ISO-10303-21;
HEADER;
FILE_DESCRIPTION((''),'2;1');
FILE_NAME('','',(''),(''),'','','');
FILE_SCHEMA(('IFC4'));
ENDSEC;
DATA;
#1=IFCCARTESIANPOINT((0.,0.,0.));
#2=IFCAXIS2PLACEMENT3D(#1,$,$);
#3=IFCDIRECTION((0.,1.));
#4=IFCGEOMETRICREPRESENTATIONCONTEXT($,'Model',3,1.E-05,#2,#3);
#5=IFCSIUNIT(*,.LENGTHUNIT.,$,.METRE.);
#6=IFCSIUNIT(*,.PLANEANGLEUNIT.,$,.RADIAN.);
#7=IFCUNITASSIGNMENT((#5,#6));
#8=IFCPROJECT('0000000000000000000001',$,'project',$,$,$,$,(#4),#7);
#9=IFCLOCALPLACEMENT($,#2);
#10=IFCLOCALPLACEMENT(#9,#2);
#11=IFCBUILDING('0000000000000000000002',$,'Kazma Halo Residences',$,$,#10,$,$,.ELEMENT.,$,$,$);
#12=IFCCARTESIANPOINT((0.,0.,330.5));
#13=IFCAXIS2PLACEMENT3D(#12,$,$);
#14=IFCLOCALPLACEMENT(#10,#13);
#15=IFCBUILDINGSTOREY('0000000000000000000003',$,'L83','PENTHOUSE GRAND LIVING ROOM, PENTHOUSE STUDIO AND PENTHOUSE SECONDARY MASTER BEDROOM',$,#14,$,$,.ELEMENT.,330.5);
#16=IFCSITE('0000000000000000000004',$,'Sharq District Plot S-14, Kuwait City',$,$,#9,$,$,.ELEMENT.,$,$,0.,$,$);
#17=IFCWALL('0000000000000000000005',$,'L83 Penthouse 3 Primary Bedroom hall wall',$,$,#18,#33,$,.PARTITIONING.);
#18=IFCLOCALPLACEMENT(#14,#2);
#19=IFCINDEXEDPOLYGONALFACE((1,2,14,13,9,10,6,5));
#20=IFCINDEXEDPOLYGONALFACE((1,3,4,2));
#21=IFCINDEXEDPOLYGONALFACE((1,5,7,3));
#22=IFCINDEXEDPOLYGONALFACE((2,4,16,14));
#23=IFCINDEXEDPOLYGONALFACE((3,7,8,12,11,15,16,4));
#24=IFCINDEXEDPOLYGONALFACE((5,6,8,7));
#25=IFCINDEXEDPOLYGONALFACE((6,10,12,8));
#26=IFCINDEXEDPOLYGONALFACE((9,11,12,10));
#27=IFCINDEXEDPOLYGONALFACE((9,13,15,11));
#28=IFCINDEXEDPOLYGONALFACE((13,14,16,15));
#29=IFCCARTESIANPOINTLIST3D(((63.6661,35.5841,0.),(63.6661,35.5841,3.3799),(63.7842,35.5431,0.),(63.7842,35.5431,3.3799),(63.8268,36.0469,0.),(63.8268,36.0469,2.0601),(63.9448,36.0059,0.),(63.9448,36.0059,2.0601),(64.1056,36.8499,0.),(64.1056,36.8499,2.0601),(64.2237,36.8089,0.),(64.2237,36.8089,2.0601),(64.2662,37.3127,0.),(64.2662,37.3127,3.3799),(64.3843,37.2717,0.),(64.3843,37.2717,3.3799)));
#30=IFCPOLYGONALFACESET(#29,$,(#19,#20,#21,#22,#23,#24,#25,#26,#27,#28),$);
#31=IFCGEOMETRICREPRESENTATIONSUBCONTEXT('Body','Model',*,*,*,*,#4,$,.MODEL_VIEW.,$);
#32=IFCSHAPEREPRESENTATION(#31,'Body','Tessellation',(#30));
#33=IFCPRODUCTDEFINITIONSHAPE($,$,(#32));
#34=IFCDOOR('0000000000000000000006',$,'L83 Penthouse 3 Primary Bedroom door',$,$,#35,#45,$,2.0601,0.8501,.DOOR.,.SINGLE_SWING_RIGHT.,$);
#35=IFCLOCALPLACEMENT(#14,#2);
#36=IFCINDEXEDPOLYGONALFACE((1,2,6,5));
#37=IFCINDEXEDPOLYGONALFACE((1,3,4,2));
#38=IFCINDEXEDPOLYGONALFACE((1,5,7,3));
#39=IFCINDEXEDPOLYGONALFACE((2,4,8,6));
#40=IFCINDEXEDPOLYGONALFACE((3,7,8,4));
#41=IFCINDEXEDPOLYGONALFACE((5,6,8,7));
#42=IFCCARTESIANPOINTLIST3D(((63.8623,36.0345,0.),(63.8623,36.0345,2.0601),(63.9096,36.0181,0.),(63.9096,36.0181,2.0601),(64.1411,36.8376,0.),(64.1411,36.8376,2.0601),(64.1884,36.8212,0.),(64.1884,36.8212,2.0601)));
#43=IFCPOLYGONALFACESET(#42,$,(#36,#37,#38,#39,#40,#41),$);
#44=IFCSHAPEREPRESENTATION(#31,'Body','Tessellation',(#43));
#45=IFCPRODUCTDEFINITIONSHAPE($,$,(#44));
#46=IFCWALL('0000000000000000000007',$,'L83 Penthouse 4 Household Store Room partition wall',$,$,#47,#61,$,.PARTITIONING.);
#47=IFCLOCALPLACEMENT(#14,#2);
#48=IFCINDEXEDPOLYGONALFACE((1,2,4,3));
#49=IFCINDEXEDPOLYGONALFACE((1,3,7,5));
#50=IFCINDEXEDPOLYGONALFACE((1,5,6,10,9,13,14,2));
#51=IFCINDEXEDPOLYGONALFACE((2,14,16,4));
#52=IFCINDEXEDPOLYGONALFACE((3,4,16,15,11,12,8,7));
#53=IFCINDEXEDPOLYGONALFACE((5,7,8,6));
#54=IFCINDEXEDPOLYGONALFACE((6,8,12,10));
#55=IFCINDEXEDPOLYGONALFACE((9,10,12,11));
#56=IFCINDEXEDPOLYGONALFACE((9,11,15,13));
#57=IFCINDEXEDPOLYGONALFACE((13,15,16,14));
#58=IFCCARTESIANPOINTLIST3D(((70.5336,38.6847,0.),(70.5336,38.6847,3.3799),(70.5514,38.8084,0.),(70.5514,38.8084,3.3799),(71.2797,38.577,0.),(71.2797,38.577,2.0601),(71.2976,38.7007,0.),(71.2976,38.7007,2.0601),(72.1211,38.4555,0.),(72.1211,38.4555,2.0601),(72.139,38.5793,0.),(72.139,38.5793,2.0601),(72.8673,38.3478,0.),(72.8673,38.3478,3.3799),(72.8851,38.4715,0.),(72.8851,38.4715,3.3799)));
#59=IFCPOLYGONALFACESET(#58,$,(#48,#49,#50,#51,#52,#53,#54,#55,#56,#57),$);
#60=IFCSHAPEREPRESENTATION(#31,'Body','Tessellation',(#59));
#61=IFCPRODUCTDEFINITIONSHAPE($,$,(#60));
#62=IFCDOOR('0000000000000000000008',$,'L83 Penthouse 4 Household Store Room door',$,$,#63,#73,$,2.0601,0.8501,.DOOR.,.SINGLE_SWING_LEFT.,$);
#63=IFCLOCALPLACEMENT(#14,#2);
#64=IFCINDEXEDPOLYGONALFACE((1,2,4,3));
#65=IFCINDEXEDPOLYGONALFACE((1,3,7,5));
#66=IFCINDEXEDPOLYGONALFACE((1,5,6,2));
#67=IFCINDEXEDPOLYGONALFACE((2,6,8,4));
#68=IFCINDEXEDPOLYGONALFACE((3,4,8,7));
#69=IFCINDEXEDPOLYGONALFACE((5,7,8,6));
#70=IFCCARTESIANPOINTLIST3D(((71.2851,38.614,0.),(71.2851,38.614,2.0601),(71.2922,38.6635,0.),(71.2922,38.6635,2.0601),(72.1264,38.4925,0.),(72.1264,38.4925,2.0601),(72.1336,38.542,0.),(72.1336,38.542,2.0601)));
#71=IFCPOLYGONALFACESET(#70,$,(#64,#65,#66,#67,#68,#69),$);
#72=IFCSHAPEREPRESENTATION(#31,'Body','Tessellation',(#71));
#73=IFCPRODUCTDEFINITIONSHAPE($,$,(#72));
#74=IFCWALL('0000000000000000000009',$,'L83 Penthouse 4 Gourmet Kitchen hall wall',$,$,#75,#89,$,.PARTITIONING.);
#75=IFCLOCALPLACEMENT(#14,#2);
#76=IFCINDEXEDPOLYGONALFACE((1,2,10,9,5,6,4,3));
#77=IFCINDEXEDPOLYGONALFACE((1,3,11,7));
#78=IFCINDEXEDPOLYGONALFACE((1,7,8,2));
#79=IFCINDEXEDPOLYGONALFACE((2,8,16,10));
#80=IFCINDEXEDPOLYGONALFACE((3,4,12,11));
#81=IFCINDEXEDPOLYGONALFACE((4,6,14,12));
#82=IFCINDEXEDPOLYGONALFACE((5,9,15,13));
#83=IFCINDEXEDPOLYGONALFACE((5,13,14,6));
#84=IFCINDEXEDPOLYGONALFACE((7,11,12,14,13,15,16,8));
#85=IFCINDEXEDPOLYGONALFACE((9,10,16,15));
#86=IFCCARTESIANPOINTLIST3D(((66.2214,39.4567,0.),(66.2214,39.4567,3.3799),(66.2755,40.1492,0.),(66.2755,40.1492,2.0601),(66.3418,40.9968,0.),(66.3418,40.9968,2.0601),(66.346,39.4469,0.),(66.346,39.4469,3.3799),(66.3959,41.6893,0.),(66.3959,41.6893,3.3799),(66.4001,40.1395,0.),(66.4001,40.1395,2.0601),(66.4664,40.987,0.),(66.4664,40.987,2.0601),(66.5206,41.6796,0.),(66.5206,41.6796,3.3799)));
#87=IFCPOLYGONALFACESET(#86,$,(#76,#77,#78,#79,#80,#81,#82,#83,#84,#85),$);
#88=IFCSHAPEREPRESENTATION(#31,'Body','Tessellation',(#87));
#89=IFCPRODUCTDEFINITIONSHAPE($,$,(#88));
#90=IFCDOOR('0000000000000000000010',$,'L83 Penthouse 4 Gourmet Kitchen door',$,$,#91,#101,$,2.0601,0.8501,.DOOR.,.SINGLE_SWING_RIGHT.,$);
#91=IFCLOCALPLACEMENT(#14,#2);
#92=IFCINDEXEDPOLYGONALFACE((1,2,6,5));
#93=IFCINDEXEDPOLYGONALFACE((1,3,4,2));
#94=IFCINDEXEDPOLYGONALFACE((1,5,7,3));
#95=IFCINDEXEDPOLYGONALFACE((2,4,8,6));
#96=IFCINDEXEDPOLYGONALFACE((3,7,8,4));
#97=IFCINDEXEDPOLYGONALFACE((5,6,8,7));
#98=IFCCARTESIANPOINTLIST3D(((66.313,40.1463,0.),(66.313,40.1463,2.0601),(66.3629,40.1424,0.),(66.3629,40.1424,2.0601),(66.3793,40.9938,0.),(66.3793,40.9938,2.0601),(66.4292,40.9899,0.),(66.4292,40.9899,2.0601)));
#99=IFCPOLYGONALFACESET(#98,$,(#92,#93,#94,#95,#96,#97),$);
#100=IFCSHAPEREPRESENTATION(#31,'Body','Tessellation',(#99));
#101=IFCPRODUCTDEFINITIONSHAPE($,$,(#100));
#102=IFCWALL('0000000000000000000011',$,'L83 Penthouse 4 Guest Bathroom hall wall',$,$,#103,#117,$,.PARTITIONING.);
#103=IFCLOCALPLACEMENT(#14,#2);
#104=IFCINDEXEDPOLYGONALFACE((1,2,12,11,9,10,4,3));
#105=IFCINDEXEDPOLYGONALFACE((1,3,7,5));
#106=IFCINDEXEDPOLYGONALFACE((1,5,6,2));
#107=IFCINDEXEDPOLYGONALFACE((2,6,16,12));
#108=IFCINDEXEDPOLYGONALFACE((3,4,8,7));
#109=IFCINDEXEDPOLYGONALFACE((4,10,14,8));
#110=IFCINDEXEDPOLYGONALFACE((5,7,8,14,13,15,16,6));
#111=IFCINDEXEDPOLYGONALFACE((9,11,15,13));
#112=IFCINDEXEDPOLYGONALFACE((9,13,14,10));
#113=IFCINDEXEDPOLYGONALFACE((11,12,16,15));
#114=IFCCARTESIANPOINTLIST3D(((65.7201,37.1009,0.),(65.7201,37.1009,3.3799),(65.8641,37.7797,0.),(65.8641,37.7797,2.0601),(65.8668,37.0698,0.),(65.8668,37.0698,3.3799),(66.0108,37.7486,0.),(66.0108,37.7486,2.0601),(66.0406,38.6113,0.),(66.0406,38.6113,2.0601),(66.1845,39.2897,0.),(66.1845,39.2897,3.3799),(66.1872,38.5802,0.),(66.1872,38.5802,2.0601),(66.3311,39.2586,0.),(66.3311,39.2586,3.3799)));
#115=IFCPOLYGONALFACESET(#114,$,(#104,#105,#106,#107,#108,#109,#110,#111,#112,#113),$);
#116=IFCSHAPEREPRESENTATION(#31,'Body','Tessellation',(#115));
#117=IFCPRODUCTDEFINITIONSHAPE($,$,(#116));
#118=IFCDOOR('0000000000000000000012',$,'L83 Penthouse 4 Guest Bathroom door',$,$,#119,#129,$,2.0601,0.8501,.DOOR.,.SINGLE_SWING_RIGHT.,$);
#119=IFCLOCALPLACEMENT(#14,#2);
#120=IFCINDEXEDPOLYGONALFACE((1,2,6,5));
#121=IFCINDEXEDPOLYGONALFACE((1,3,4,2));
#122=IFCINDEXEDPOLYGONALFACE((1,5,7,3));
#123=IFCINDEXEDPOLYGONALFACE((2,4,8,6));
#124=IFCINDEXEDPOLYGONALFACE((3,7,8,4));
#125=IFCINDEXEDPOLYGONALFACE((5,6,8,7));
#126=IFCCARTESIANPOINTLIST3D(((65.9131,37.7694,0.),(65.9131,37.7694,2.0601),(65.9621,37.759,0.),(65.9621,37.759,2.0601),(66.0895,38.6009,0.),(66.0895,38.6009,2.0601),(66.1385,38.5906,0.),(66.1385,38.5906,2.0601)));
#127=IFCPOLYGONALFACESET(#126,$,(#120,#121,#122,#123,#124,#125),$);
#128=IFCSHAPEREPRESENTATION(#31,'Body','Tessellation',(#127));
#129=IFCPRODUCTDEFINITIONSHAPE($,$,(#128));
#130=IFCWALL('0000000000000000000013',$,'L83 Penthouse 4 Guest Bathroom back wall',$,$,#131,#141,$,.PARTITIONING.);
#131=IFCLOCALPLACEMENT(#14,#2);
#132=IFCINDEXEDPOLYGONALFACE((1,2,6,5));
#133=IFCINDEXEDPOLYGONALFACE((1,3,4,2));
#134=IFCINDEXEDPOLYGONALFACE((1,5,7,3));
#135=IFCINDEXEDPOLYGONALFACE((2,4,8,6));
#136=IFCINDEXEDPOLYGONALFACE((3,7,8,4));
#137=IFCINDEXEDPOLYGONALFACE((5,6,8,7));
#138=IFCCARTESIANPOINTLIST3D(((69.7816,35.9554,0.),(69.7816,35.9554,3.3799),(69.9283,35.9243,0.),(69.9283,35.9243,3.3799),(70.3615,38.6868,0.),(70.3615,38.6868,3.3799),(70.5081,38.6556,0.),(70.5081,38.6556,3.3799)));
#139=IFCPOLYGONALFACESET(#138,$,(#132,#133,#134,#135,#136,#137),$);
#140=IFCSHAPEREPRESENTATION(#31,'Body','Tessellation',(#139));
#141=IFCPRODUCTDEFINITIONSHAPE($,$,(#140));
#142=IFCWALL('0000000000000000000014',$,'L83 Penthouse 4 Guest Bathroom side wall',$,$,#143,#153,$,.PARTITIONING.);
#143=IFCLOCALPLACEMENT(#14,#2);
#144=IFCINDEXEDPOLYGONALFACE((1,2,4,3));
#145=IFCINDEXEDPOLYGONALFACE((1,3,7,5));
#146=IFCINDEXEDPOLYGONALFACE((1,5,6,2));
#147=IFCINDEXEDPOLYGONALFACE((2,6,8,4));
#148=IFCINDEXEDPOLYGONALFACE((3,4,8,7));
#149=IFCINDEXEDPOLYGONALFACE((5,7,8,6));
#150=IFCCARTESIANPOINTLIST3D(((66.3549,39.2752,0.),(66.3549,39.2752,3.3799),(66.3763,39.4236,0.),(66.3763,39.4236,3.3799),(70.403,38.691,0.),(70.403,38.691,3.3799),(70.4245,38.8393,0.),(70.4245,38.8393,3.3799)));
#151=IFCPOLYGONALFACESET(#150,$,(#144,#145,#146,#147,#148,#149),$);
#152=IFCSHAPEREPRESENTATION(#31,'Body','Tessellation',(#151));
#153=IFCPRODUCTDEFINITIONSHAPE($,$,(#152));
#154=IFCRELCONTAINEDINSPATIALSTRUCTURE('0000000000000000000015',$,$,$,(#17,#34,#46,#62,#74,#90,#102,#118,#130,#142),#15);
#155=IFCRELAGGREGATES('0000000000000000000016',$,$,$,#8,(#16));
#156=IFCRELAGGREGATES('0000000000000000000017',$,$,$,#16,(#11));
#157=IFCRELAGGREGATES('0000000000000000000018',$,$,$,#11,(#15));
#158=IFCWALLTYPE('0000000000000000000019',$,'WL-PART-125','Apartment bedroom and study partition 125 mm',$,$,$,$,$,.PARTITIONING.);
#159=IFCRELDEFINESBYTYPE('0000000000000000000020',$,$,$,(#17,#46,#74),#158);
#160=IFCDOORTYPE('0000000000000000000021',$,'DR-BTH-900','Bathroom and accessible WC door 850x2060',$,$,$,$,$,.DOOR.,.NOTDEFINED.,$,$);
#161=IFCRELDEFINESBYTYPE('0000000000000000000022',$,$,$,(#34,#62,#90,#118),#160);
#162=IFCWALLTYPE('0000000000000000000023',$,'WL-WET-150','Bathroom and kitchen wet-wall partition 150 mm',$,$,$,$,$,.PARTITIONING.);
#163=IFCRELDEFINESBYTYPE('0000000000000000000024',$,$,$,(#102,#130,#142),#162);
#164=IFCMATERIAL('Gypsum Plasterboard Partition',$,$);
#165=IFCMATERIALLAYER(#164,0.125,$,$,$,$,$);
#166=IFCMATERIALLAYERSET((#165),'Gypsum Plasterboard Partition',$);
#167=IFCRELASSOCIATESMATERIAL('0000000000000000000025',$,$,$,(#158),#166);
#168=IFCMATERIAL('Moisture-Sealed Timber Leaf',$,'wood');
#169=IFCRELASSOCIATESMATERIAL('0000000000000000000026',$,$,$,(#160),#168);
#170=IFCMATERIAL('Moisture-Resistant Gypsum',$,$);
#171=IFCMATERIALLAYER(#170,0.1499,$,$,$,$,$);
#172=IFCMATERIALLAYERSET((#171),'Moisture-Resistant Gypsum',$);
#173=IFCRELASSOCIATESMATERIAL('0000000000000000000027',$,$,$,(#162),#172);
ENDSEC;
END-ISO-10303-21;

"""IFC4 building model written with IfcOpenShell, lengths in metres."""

from ifc_helpers import new_model, si_unit, direction, frame, frame_2d, origin, place, context, subcontext, project, spatial, rectangle, extrude, material, layer, layer_set, type_object, element, fill, save


model = new_model("IFC4")

# Units and contexts
model_context = context("Model", 3, precision=1e-05, world=origin(), true_north=direction((0.0, 1.0)))
body_context = subcontext(model_context, "Body", "Model", "MODEL_VIEW")
ifc_project = project(units=[si_unit("LENGTHUNIT", "METRE"), si_unit("PLANEANGLEUNIT", "RADIAN")], contexts=[model_context])

# Site, building, storey
site_placement = place(None, origin())
site = spatial("IfcSite", under=ifc_project, at=site_placement, Name="Sharq District Plot S-14, Kuwait City", CompositionType="ELEMENT", RefElevation=0.0)
building_placement = place(site_placement, origin())
building = spatial("IfcBuilding", under=site, at=building_placement, Name="Kazma Halo Residences", CompositionType="ELEMENT")
storey_placement = place(building_placement, frame((0.0, 0.0, 330.5)))
storey = spatial("IfcBuildingStorey", under=building, at=storey_placement, Name="L83", Description="PENTHOUSE GRAND LIVING ROOM, PENTHOUSE STUDIO AND PENTHOUSE SECONDARY MASTER BEDROOM", CompositionType="ELEMENT", Elevation=330.5)

# Shared definitions
ifc_material_1 = material(Name="Gypsum Plasterboard Partition")
ifc_layer_1 = layer(ifc_material_1, 0.125)
ifc_layer_set_1 = layer_set([ifc_layer_1], Name="Gypsum Plasterboard Partition")
wall_type_1 = type_object("IfcWallType", Name="WL-PART-125", Description="Apartment bedroom and study partition 125 mm", PredefinedType="PARTITIONING", material=ifc_layer_set_1)

# Walls, openings, doors
wall_1_placement = place(storey_placement, frame((63.7251, 35.5635, 0.0), z_axis=(0.0, 0.0, 1.0), x_axis=(0.327972, 0.944687, 0.0)))
wall_1 = element("IfcWall", 1, at=wall_1_placement, inside=storey, type_object=wall_type_1, Name="L83 Penthouse 3 Primary Bedroom hall wall", PredefinedType="PARTITIONING", context=body_context, shape_type="SweptSolid", body=[
    extrude(rectangle(XDim=1.8298, YDim=0.125, at=frame_2d((0.915, 0.0))), origin(), (0.0, 0.0, 1.0), 3.3799),
])
opening_1_placement = place(wall_1_placement, frame((0.49, 0.0, 0.0)))
opening_1 = element("IfcOpeningElement", 2, at=opening_1_placement, cuts=wall_1, PredefinedType="OPENING", context=body_context, shape_type="SweptSolid", body=[
    extrude(rectangle(XDim=0.8501, YDim=2.0601, at=frame_2d((0.425, 1.03))), frame((0.0, 0.0725, 0.0), z_axis=(0.0, -1.0, 0.0), x_axis=(1.0, 0.0, 0.0)), (0.0, 0.0, 1.0), 0.145),
])
ifc_material_2 = material(Name="Moisture-Sealed Timber Leaf", Category="wood")
door_type = type_object("IfcDoorType", Name="DR-BTH-900", Description="Bathroom and accessible WC door 850x2060", OperationType="NOTDEFINED", PredefinedType="DOOR", material=ifc_material_2)
door_1_placement = place(opening_1_placement, origin())
door_1 = element("IfcDoor", 3, at=door_1_placement, inside=storey, type_object=door_type, Name="L83 Penthouse 3 Primary Bedroom door", OperationType="SINGLE_SWING_RIGHT", OverallHeight=2.0601, OverallWidth=0.8501, PredefinedType="DOOR", context=body_context, shape_type="SweptSolid", body=[
    extrude(rectangle(XDim=0.8501, YDim=2.0601, at=frame_2d((0.425, 1.03))), frame((0.0, 0.0249, 0.0), z_axis=(0.0, -1.0, 0.0), x_axis=(1.0, 0.0, 0.0)), (0.0, 0.0, 1.0), 0.05),
])
fill(opening_1, door_1)
wall_2_placement = place(storey_placement, frame((70.5425, 38.7466, 0.0), z_axis=(0.0, 0.0, 1.0), x_axis=(0.989739, -0.142885, 0.0)))
wall_2 = element("IfcWall", 4, at=wall_2_placement, inside=storey, type_object=wall_type_1, Name="L83 Penthouse 4 Household Store Room partition wall", PredefinedType="PARTITIONING", context=body_context, shape_type="SweptSolid", body=[
    extrude(rectangle(XDim=2.3579, YDim=0.125, at=frame_2d((1.179, 0.0))), origin(), (0.0, 0.0, 1.0), 3.3799),
])
opening_2_placement = place(wall_2_placement, frame((0.7539, 0.0, 0.0)))
opening_2 = element("IfcOpeningElement", 5, at=opening_2_placement, cuts=wall_2, PredefinedType="OPENING", context=body_context, shape_type="SweptSolid", body=[
    extrude(rectangle(XDim=0.8501, YDim=2.0601, at=frame_2d((0.425, 1.03))), frame((0.0, 0.0725, 0.0), z_axis=(0.0, -1.0, 0.0), x_axis=(1.0, 0.0, 0.0)), (0.0, 0.0, 1.0), 0.145),
])
door_2_placement = place(opening_2_placement, origin())
door_2 = element("IfcDoor", 6, at=door_2_placement, inside=storey, type_object=door_type, Name="L83 Penthouse 4 Household Store Room door", OperationType="SINGLE_SWING_LEFT", OverallHeight=2.0601, OverallWidth=0.8501, PredefinedType="DOOR", context=body_context, shape_type="SweptSolid", body=[
    extrude(rectangle(XDim=0.8501, YDim=2.0601, at=frame_2d((0.425, 1.03))), frame((0.0, 0.0249, 0.0), z_axis=(0.0, -1.0, 0.0), x_axis=(1.0, 0.0, 0.0)), (0.0, 0.0, 1.0), 0.05),
])
fill(opening_2, door_2)
wall_3_placement = place(storey_placement, frame((66.2837, 39.4519, 0.0), z_axis=(0.0, 0.0, 1.0), x_axis=(0.077947, 0.996958, 0.0)))
wall_3 = element("IfcWall", 7, at=wall_3_placement, inside=storey, type_object=wall_type_1, Name="L83 Penthouse 4 Gourmet Kitchen hall wall", PredefinedType="PARTITIONING", context=body_context, shape_type="SweptSolid", body=[
    extrude(rectangle(XDim=2.2395, YDim=0.125, at=frame_2d((1.1196, 0.0))), origin(), (0.0, 0.0, 1.0), 3.3799),
])
opening_3_placement = place(wall_3_placement, frame((0.6946, 0.0, 0.0)))
opening_3 = element("IfcOpeningElement", 8, at=opening_3_placement, cuts=wall_3, PredefinedType="OPENING", context=body_context, shape_type="SweptSolid", body=[
    extrude(rectangle(XDim=0.8501, YDim=2.0601, at=frame_2d((0.425, 1.03))), frame((0.0, 0.0725, 0.0), z_axis=(0.0, -1.0, 0.0), x_axis=(1.0, 0.0, 0.0)), (0.0, 0.0, 1.0), 0.145),
])
door_3_placement = place(opening_3_placement, origin())
door_3 = element("IfcDoor", 9, at=door_3_placement, inside=storey, type_object=door_type, Name="L83 Penthouse 4 Gourmet Kitchen door", OperationType="SINGLE_SWING_RIGHT", OverallHeight=2.0601, OverallWidth=0.8501, PredefinedType="DOOR", context=body_context, shape_type="SweptSolid", body=[
    extrude(rectangle(XDim=0.8501, YDim=2.0601, at=frame_2d((0.425, 1.03))), frame((0.0, 0.0249, 0.0), z_axis=(0.0, -1.0, 0.0), x_axis=(1.0, 0.0, 0.0)), (0.0, 0.0, 1.0), 0.05),
])
fill(opening_3, door_3)
ifc_material_3 = material(Name="Moisture-Resistant Gypsum")
ifc_layer_2 = layer(ifc_material_3, 0.1499)
ifc_layer_set_2 = layer_set([ifc_layer_2], Name="Moisture-Resistant Gypsum")
wall_type_2 = type_object("IfcWallType", Name="WL-WET-150", Description="Bathroom and kitchen wet-wall partition 150 mm", PredefinedType="PARTITIONING", material=ifc_layer_set_2)
wall_4_placement = place(storey_placement, frame((65.7935, 37.0854, 0.0), z_axis=(0.0, 0.0, 1.0), x_axis=(0.207539, 0.978227, 0.0)))
wall_4 = element("IfcWall", 10, at=wall_4_placement, inside=storey, type_object=wall_type_2, Name="L83 Penthouse 4 Guest Bathroom hall wall", PredefinedType="PARTITIONING", context=body_context, shape_type="SweptSolid", body=[
    extrude(rectangle(XDim=2.2375, YDim=0.1499, at=frame_2d((1.1187, 0.0))), origin(), (0.0, 0.0, 1.0), 3.3799),
])
opening_4_placement = place(wall_4_placement, frame((0.6938, 0.0, 0.0)))
opening_4 = element("IfcOpeningElement", 11, at=opening_4_placement, cuts=wall_4, PredefinedType="OPENING", context=body_context, shape_type="SweptSolid", body=[
    extrude(rectangle(XDim=0.8501, YDim=2.0601, at=frame_2d((0.425, 1.03))), frame((0.0, 0.085, 0.0), z_axis=(0.0, -1.0, 0.0), x_axis=(1.0, 0.0, 0.0)), (0.0, 0.0, 1.0), 0.1699),
])
door_4_placement = place(opening_4_placement, origin())
door_4 = element("IfcDoor", 12, at=door_4_placement, inside=storey, type_object=door_type, Name="L83 Penthouse 4 Guest Bathroom door", OperationType="SINGLE_SWING_RIGHT", OverallHeight=2.0601, OverallWidth=0.8501, PredefinedType="DOOR", context=body_context, shape_type="SweptSolid", body=[
    extrude(rectangle(XDim=0.8501, YDim=2.0601, at=frame_2d((0.425, 1.03))), frame((0.0, 0.0249, 0.0), z_axis=(0.0, -1.0, 0.0), x_axis=(1.0, 0.0, 0.0)), (0.0, 0.0, 1.0), 0.05),
])
fill(opening_4, door_4)

# Walls
wall_5_placement = place(storey_placement, frame((69.855, 35.9399, 0.0), z_axis=(0.0, 0.0, 1.0), x_axis=(0.207654, 0.978202, 0.0)))
element("IfcWall", 13, at=wall_5_placement, inside=storey, type_object=wall_type_2, Name="L83 Penthouse 4 Guest Bathroom back wall", PredefinedType="PARTITIONING", context=body_context, shape_type="SweptSolid", body=[
    extrude(rectangle(XDim=2.7922, YDim=0.1499, at=frame_2d((1.396, 0.0))), origin(), (0.0, 0.0, 1.0), 3.3799),
])
wall_6_placement = place(storey_placement, frame((66.3657, 39.3494, 0.0), z_axis=(0.0, 0.0, 1.0), x_axis=(0.989746, -0.142842, 0.0)))
element("IfcWall", 14, at=wall_6_placement, inside=storey, type_object=wall_type_2, Name="L83 Penthouse 4 Guest Bathroom side wall", PredefinedType="PARTITIONING", context=body_context, shape_type="SweptSolid", body=[
    extrude(rectangle(XDim=4.0901, YDim=0.1499, at=frame_2d((2.0449, 0.0))), origin(), (0.0, 0.0, 1.0), 3.3799),
])

save(model, "model.ifc")
